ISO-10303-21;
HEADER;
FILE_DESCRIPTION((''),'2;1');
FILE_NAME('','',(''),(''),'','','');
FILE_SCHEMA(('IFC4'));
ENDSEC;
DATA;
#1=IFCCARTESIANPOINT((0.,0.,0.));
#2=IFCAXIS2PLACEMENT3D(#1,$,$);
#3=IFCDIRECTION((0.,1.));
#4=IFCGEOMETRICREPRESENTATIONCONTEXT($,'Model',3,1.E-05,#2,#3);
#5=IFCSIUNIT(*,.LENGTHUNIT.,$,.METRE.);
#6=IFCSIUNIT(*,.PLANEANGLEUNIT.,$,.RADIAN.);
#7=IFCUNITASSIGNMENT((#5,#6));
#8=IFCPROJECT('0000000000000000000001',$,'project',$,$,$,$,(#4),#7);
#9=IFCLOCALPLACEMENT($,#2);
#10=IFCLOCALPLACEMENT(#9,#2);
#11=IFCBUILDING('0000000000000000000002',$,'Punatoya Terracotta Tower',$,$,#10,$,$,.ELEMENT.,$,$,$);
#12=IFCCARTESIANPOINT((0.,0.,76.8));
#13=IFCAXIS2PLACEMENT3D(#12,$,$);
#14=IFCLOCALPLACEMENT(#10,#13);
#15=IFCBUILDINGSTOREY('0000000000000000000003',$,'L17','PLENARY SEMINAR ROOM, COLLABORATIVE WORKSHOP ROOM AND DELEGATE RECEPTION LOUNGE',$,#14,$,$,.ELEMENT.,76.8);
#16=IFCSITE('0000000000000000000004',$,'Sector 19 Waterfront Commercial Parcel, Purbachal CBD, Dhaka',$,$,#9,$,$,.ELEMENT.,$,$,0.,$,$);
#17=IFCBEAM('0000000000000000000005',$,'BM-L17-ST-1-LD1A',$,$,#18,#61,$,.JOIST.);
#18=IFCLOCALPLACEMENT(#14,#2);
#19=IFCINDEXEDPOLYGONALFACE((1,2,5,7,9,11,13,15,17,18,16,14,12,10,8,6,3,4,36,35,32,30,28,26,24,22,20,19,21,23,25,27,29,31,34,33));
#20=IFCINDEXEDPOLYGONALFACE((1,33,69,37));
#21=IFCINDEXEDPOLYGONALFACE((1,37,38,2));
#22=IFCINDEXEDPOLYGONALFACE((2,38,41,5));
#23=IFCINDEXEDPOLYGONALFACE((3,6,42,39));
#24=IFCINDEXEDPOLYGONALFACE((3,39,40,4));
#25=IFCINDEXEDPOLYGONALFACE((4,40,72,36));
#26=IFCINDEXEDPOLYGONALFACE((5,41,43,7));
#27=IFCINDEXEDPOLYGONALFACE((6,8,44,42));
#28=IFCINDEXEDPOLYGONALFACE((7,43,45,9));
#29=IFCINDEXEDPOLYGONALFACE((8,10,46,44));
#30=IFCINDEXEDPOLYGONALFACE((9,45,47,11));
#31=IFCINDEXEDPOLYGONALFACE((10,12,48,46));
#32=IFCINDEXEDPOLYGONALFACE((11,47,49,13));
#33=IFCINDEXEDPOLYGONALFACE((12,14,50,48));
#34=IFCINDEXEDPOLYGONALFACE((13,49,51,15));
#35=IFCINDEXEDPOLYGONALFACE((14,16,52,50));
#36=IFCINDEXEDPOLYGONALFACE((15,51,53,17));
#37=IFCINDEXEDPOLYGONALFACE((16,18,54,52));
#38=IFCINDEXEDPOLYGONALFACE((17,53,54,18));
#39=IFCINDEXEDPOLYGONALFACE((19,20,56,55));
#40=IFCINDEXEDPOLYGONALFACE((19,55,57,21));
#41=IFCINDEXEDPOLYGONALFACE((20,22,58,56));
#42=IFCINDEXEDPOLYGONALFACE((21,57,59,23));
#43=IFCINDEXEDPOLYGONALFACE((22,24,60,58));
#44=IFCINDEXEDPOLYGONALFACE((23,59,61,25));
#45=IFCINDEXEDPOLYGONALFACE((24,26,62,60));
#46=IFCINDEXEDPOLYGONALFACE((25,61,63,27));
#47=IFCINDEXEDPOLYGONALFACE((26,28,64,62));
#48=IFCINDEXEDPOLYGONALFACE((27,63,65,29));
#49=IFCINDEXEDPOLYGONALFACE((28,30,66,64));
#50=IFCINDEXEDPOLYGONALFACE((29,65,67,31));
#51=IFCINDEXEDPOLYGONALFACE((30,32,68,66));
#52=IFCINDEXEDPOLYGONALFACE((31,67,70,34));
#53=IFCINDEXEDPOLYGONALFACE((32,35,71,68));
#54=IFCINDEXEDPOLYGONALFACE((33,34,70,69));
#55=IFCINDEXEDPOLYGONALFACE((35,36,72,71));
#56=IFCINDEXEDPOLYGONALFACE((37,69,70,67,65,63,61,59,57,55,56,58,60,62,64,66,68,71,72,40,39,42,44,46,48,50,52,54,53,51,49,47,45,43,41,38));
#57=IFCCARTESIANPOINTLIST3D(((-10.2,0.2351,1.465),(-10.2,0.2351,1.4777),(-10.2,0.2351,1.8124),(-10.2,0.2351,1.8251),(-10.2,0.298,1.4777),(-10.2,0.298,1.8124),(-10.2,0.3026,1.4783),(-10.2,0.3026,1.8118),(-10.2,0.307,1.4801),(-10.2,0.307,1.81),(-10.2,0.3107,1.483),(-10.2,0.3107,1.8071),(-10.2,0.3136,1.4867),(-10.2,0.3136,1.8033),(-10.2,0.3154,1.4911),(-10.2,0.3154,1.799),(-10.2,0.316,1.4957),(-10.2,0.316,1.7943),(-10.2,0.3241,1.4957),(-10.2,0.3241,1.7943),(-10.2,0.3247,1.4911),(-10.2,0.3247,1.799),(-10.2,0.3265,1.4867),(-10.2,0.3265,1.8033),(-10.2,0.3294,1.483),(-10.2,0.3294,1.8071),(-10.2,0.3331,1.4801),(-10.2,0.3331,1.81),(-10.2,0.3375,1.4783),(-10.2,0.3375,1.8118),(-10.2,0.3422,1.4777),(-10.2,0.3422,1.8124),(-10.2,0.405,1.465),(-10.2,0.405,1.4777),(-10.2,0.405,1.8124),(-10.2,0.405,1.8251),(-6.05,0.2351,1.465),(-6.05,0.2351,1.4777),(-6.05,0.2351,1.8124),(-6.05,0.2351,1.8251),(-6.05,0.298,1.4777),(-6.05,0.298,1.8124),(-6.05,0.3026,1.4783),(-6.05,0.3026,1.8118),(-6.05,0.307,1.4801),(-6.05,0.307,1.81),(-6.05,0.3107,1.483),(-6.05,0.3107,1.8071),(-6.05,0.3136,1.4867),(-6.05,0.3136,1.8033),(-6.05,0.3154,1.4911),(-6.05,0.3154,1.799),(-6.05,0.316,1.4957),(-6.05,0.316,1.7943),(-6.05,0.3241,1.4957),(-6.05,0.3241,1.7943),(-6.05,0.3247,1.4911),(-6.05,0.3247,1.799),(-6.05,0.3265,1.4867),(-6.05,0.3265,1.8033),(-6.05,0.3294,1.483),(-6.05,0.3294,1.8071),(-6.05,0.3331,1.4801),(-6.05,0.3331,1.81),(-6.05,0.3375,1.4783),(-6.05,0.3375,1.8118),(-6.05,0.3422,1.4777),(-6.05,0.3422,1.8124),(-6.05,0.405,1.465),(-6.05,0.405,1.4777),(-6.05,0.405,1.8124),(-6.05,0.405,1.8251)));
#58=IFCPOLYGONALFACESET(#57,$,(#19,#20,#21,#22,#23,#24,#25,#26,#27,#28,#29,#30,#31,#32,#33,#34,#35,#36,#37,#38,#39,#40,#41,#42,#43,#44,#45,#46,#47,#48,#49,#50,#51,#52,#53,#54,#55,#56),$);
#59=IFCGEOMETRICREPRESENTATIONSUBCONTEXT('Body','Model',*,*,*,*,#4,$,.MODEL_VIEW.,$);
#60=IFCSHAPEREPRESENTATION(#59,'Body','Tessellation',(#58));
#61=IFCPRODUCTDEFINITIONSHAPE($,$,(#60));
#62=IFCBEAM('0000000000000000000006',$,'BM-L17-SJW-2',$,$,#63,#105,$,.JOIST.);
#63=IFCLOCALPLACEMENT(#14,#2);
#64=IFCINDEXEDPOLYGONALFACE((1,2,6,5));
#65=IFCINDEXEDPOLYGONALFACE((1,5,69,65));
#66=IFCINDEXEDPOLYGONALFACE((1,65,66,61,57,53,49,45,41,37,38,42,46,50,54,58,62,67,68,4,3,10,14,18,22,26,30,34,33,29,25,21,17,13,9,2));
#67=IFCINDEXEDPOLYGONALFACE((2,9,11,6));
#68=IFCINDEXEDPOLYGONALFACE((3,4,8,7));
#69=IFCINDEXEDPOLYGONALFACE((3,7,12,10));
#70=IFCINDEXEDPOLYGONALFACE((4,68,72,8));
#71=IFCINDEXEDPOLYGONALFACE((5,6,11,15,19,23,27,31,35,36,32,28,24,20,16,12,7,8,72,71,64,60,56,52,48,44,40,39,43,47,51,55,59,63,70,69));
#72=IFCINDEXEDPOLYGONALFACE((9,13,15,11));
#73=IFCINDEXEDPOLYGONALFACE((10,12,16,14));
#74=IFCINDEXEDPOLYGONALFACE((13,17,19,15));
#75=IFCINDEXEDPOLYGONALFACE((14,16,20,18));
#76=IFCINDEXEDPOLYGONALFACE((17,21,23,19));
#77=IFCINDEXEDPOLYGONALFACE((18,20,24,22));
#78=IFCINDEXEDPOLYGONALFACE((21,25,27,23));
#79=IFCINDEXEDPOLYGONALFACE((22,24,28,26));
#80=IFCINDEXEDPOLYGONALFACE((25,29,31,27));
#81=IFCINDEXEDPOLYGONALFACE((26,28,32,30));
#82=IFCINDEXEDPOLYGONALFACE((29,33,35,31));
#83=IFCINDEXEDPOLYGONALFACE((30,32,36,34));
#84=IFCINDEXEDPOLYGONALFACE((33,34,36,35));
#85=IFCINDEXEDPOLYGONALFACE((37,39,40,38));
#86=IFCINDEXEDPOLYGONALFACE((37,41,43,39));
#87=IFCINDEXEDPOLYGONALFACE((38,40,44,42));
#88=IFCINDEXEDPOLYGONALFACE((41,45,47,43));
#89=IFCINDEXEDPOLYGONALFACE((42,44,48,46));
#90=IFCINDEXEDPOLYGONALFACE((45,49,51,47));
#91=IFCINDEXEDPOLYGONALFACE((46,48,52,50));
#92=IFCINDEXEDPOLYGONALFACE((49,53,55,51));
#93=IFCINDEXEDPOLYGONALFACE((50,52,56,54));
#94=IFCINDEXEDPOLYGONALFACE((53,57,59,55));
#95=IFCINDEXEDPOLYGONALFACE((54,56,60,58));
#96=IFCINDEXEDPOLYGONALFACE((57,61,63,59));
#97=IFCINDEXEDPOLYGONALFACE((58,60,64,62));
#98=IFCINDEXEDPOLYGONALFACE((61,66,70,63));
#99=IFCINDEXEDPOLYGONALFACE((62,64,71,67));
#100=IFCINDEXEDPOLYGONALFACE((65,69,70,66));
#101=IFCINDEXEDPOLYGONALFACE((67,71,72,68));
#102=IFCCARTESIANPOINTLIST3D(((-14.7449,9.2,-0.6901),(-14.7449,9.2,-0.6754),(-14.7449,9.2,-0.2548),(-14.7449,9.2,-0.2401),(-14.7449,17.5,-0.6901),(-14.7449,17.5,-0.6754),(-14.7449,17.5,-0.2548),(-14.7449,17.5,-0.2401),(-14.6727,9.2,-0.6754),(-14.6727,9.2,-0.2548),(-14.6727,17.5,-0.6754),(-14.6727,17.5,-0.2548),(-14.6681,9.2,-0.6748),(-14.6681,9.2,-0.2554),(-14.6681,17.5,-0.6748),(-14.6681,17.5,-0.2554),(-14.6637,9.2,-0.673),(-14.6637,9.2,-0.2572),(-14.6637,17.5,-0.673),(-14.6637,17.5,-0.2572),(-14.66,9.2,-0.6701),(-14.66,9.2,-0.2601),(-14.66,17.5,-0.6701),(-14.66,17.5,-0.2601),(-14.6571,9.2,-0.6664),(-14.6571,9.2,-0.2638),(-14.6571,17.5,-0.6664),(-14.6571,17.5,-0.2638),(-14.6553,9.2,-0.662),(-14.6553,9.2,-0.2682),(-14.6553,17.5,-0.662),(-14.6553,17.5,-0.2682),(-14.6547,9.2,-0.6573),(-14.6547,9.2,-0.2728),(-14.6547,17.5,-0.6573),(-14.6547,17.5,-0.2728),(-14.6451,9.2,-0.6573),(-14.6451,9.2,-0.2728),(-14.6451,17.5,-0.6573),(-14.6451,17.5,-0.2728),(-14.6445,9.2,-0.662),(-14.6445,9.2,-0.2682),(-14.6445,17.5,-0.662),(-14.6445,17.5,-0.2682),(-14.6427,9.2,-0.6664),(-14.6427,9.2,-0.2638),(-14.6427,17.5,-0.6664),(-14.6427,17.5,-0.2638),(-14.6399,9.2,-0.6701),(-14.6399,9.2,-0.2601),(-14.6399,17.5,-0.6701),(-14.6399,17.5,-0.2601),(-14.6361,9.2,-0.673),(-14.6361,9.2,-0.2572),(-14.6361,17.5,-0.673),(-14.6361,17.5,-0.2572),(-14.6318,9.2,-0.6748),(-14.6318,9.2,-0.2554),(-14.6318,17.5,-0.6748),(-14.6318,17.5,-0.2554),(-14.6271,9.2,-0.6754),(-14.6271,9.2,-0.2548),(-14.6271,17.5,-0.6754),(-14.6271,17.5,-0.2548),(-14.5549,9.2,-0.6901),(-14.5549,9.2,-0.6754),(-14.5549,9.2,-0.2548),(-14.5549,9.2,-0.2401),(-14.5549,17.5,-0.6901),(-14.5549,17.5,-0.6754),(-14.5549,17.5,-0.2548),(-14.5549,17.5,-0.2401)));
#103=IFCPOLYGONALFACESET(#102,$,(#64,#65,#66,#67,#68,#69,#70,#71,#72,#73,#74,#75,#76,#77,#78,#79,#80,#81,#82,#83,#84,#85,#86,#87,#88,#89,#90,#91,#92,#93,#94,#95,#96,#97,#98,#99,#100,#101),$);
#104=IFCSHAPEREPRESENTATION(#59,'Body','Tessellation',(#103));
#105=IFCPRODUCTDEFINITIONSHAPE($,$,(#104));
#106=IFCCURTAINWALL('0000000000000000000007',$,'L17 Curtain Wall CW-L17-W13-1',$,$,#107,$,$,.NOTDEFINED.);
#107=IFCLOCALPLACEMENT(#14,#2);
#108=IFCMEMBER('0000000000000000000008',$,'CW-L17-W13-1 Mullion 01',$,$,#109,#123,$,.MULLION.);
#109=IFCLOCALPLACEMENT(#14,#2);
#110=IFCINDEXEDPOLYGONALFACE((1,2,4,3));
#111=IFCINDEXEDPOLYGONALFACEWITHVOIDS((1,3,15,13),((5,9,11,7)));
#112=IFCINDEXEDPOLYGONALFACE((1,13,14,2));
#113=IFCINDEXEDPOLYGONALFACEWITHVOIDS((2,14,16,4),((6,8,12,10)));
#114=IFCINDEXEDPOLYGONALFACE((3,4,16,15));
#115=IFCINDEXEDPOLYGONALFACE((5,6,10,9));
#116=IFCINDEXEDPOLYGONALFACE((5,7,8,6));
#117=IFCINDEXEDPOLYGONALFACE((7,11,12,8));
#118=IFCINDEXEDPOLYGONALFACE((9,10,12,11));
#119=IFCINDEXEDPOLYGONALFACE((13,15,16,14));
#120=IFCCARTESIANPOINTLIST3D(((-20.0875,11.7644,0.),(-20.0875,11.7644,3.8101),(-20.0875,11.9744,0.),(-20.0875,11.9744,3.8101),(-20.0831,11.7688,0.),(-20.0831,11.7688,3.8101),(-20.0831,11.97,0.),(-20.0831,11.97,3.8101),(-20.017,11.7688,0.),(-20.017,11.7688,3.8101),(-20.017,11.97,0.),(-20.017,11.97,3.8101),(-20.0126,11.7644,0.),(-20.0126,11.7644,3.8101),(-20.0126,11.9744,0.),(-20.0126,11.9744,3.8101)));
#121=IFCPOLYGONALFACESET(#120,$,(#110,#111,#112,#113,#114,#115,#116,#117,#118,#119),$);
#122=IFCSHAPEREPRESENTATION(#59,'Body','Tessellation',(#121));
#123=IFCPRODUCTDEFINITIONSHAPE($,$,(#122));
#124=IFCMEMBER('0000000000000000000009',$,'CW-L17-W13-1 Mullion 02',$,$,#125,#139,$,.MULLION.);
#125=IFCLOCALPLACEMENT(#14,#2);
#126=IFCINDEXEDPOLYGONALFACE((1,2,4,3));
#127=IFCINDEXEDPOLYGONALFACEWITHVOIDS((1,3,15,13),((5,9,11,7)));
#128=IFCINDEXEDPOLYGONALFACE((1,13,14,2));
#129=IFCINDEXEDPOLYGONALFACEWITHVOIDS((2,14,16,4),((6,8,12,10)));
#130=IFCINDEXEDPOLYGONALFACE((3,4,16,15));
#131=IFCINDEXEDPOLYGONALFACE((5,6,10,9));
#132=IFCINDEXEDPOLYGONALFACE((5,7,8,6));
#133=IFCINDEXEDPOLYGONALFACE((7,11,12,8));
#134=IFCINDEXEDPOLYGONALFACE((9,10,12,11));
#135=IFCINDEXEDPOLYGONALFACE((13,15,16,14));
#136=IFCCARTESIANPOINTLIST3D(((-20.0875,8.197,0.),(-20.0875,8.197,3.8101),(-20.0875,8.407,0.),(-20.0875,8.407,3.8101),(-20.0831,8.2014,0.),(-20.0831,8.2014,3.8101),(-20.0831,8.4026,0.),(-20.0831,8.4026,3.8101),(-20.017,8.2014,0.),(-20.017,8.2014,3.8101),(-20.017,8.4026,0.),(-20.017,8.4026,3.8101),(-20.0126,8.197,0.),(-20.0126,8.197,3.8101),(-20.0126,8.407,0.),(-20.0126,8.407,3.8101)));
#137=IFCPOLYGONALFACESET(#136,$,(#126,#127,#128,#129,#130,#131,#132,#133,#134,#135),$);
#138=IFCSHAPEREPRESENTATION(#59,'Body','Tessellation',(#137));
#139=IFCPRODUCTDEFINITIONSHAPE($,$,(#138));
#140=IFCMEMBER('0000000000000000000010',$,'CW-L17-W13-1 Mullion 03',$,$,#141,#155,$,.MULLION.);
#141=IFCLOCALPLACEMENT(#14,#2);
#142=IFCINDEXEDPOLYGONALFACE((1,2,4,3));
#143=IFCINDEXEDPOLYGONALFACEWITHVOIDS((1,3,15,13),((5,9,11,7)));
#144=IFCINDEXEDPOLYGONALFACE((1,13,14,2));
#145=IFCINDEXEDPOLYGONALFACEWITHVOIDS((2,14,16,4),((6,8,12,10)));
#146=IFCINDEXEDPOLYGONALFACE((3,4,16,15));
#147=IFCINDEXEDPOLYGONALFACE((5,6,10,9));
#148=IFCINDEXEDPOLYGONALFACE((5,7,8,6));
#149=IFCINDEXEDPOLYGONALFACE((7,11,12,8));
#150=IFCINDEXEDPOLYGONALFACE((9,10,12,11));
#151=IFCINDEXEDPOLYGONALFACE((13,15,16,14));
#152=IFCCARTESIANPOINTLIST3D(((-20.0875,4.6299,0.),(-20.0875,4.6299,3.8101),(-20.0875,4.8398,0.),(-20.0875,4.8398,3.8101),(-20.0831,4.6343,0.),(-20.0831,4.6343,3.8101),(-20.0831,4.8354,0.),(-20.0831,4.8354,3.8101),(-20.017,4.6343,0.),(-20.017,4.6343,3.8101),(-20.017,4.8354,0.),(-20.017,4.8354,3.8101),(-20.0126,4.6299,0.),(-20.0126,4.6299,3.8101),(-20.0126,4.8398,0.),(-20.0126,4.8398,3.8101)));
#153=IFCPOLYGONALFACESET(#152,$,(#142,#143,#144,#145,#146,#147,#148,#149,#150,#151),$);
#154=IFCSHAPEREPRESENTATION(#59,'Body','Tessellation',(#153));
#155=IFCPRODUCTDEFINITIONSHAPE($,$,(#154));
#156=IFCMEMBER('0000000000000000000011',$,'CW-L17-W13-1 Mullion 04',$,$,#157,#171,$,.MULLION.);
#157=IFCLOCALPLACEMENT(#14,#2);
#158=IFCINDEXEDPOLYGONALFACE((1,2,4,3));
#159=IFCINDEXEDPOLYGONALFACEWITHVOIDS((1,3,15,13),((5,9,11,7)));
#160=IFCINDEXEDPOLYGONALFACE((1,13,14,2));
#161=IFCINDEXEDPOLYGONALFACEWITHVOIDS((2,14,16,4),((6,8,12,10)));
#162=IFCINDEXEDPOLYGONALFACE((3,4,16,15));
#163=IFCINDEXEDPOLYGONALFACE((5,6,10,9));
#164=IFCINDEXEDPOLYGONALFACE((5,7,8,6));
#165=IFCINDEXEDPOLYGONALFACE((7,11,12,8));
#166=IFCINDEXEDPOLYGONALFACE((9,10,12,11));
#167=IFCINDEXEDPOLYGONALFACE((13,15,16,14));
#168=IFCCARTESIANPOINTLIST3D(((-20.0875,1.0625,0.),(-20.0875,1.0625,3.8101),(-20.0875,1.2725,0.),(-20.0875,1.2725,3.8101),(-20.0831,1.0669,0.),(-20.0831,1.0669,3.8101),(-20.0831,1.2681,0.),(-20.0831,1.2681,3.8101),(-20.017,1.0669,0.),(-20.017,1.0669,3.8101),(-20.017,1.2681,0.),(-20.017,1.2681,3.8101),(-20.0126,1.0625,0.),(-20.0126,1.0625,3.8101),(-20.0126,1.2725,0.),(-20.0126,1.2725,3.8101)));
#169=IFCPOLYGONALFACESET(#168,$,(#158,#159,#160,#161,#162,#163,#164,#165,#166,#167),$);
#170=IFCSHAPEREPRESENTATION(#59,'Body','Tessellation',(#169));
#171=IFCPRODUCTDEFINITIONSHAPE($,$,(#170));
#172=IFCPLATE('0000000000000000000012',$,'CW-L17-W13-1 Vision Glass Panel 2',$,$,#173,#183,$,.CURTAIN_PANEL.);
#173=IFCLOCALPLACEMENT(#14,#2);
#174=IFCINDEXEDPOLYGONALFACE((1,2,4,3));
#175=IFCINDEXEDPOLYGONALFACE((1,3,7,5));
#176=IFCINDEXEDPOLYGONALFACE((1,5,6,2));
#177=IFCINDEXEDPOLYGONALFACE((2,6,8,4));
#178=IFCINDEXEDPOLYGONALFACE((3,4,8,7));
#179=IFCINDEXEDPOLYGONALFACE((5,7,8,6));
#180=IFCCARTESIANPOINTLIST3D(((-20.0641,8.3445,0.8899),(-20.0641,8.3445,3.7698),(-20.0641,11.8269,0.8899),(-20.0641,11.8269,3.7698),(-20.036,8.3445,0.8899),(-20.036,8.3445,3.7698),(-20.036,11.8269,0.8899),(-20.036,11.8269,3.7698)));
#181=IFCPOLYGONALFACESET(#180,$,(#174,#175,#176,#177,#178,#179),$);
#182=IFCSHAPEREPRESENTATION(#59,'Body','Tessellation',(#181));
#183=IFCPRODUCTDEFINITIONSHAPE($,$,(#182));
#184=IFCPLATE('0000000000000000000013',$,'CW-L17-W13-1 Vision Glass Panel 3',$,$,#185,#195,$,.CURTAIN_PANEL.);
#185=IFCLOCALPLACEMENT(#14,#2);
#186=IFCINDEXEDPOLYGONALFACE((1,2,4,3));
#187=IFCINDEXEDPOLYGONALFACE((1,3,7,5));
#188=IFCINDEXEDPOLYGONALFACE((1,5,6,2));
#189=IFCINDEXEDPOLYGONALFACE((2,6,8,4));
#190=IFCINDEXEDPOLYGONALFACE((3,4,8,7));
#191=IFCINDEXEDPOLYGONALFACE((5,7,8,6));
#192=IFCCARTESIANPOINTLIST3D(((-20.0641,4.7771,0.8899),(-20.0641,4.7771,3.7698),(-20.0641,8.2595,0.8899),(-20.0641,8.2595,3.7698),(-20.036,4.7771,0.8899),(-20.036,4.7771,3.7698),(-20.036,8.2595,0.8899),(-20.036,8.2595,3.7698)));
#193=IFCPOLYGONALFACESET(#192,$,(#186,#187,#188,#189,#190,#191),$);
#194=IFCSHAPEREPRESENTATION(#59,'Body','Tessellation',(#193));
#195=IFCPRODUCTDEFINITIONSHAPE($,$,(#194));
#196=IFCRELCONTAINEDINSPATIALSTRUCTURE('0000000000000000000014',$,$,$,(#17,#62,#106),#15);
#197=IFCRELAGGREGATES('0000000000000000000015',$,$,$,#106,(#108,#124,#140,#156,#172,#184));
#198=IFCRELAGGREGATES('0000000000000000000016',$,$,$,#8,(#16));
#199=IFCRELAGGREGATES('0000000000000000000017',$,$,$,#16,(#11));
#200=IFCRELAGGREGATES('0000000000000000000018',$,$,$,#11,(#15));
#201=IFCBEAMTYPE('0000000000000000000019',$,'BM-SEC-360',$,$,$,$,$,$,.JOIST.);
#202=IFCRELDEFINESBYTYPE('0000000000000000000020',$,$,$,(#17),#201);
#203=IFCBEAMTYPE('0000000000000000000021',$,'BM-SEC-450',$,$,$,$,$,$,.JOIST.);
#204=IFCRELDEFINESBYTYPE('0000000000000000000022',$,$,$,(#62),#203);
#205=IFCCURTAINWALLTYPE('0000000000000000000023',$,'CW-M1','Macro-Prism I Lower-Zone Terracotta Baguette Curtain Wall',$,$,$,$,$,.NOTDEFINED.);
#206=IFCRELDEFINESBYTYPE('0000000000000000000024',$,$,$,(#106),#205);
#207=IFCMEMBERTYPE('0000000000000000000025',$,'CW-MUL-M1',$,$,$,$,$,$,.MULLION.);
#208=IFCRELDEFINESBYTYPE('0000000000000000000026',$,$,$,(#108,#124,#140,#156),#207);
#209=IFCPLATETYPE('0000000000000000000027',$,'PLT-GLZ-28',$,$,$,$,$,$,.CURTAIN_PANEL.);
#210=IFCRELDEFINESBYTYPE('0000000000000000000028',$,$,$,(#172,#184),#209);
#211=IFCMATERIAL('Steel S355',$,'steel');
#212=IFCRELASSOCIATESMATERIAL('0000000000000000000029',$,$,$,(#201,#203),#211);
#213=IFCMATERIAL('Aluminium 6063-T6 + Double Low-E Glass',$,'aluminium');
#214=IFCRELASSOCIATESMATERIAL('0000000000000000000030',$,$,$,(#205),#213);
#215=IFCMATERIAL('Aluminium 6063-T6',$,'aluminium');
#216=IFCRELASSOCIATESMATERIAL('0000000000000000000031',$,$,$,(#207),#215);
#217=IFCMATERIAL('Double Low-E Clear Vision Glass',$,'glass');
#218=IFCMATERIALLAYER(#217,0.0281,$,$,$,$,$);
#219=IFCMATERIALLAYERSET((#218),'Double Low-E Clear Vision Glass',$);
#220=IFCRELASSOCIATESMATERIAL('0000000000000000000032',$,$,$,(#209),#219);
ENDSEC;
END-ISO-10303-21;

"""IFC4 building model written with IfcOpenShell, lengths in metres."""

from ifc_helpers import new_model, si_unit, direction, frame, origin, origin_2d, place, context, subcontext, project, spatial, rectangle, hollow_rectangle, i_section, extrude, material, layer, layer_set, material_profile, profile_set, type_object, element, aggregate, save


model = new_model("IFC4")

# Units and contexts
model_context = context("Model", 3, precision=1e-05, world=origin(), true_north=direction((0.0, 1.0)))
body_context = subcontext(model_context, "Body", "Model", "MODEL_VIEW")
ifc_project = project(units=[si_unit("LENGTHUNIT", "METRE"), si_unit("PLANEANGLEUNIT", "RADIAN")], contexts=[model_context])

# Site, building, storey
site_placement = place(None, origin())
site = spatial("IfcSite", under=ifc_project, at=site_placement, Name="Sector 19 Waterfront Commercial Parcel, Purbachal CBD, Dhaka", CompositionType="ELEMENT", RefElevation=0.0)
building_placement = place(site_placement, origin())
building = spatial("IfcBuilding", under=site, at=building_placement, Name="Punatoya Terracotta Tower", CompositionType="ELEMENT")
storey_placement = place(building_placement, frame((0.0, 0.0, 76.8)))
storey = spatial("IfcBuildingStorey", under=building, at=storey_placement, Name="L17", Description="PLENARY SEMINAR ROOM, COLLABORATIVE WORKSHOP ROOM AND DELEGATE RECEPTION LOUNGE", CompositionType="ELEMENT", Elevation=76.8)

# Beams
ifc_material_1 = material(Name="Steel S355", Category="steel")
ifc_material_profile_1 = material_profile(ifc_material_1, i_section(OverallWidth=0.1699, OverallDepth=0.3601, WebThickness=0.0081, FlangeThickness=0.0127, FilletRadius=0.0181, at=origin_2d()))
ifc_profile_set_1 = profile_set([ifc_material_profile_1], Name="Steel S355")
beam_type_1 = type_object("IfcBeamType", Name="BM-SEC-360", PredefinedType="JOIST", material=ifc_profile_set_1)
beam_1_placement = place(storey_placement, frame((-10.2, 0.3201, 1.645), z_axis=(1.0, 0.0, 0.0), x_axis=(0.0, 1.0, 0.0)))
element("IfcBeam", 1, at=beam_1_placement, inside=storey, type_object=beam_type_1, Name="BM-L17-ST-1-LD1A", PredefinedType="JOIST", context=body_context, shape_type="SweptSolid", body=[
    extrude(i_section(OverallWidth=0.1699, OverallDepth=0.3601, WebThickness=0.0081, FlangeThickness=0.0127, FilletRadius=0.0181, at=origin_2d()), origin(), (0.0, 0.0, 1.0), 4.1499),
])
ifc_material_profile_2 = material_profile(ifc_material_1, i_section(OverallWidth=0.1899, OverallDepth=0.45, WebThickness=0.0095, FlangeThickness=0.0146, FilletRadius=0.0181, at=origin_2d()))
ifc_profile_set_2 = profile_set([ifc_material_profile_2], Name="Steel S355")
beam_type_2 = type_object("IfcBeamType", Name="BM-SEC-450", PredefinedType="JOIST", material=ifc_profile_set_2)
beam_2_placement = place(storey_placement, frame((-14.6499, 9.2, -0.4651), z_axis=(0.0, 1.0, 0.0), x_axis=(-1.0, 0.0, 0.0)))
element("IfcBeam", 2, at=beam_2_placement, inside=storey, type_object=beam_type_2, Name="BM-L17-SJW-2", PredefinedType="JOIST", context=body_context, shape_type="SweptSolid", body=[
    extrude(i_section(OverallWidth=0.1899, OverallDepth=0.45, WebThickness=0.0095, FlangeThickness=0.0146, FilletRadius=0.0181, at=origin_2d()), origin(), (0.0, 0.0, 1.0), 8.3),
])

# Curtain wall, members, plates
ifc_material_2 = material(Name="Aluminium 6063-T6 + Double Low-E Glass", Category="aluminium")
curtain_wall_type = type_object("IfcCurtainWallType", Name="CW-M1", Description="Macro-Prism I Lower-Zone Terracotta Baguette Curtain Wall", PredefinedType="NOTDEFINED", material=ifc_material_2)
curtain_wall_placement = place(storey_placement, origin())
curtain_wall = element("IfcCurtainWall", 3, at=curtain_wall_placement, inside=storey, type_object=curtain_wall_type, Name="L17 Curtain Wall CW-L17-W13-1", PredefinedType="NOTDEFINED")
ifc_material_3 = material(Name="Aluminium 6063-T6", Category="aluminium")
ifc_material_profile_3 = material_profile(ifc_material_3, hollow_rectangle(XDim=0.075, YDim=0.21, WallThickness=0.0044, at=origin_2d()))
ifc_profile_set_3 = profile_set([ifc_material_profile_3], Name="Aluminium 6063-T6")
member_type = type_object("IfcMemberType", Name="CW-MUL-M1", PredefinedType="MULLION", material=ifc_profile_set_3)
member_1_placement = place(storey_placement, frame((-20.05, 11.8694, 0.0), z_axis=(0.0, 0.0, 1.0), x_axis=(1.0, 0.0, 0.0)))
member_1 = element("IfcMember", 4, at=member_1_placement, type_object=member_type, Name="CW-L17-W13-1 Mullion 01", PredefinedType="MULLION", context=body_context, shape_type="SweptSolid", body=[
    extrude(hollow_rectangle(XDim=0.075, YDim=0.21, WallThickness=0.0044, at=origin_2d()), origin(), (0.0, 0.0, 1.0), 3.8101),
])
member_2_placement = place(storey_placement, frame((-20.05, 8.302, 0.0), z_axis=(0.0, 0.0, 1.0), x_axis=(1.0, 0.0, 0.0)))
member_2 = element("IfcMember", 5, at=member_2_placement, type_object=member_type, Name="CW-L17-W13-1 Mullion 02", PredefinedType="MULLION", context=body_context, shape_type="SweptSolid", body=[
    extrude(hollow_rectangle(XDim=0.075, YDim=0.21, WallThickness=0.0044, at=origin_2d()), origin(), (0.0, 0.0, 1.0), 3.8101),
])
member_3_placement = place(storey_placement, frame((-20.05, 4.7349, 0.0), z_axis=(0.0, 0.0, 1.0), x_axis=(1.0, 0.0, 0.0)))
member_3 = element("IfcMember", 6, at=member_3_placement, type_object=member_type, Name="CW-L17-W13-1 Mullion 03", PredefinedType="MULLION", context=body_context, shape_type="SweptSolid", body=[
    extrude(hollow_rectangle(XDim=0.075, YDim=0.21, WallThickness=0.0044, at=origin_2d()), origin(), (0.0, 0.0, 1.0), 3.8101),
])
member_4_placement = place(storey_placement, frame((-20.05, 1.1675, 0.0), z_axis=(0.0, 0.0, 1.0), x_axis=(1.0, 0.0, 0.0)))
member_4 = element("IfcMember", 7, at=member_4_placement, type_object=member_type, Name="CW-L17-W13-1 Mullion 04", PredefinedType="MULLION", context=body_context, shape_type="SweptSolid", body=[
    extrude(hollow_rectangle(XDim=0.075, YDim=0.21, WallThickness=0.0044, at=origin_2d()), origin(), (0.0, 0.0, 1.0), 3.8101),
])
ifc_material_4 = material(Name="Double Low-E Clear Vision Glass", Category="glass")
ifc_layer_1 = layer(ifc_material_4, 0.0281)
ifc_layer_set_1 = layer_set([ifc_layer_1], Name="Double Low-E Clear Vision Glass")
plate_type_1 = type_object("IfcPlateType", Name="PLT-GLZ-28", PredefinedType="CURTAIN_PANEL", material=ifc_layer_set_1)
plate_1_placement = place(storey_placement, frame((-20.05, 10.0857, 0.8899), z_axis=(0.0, 0.0, 1.0), x_axis=(0.0, -1.0, 0.0)))
plate_1 = element("IfcPlate", 8, at=plate_1_placement, type_object=plate_type_1, Name="CW-L17-W13-1 Vision Glass Panel 2", PredefinedType="CURTAIN_PANEL", context=body_context, shape_type="SweptSolid", body=[
    extrude(rectangle(XDim=3.4824, YDim=0.0281, at=origin_2d()), origin(), (0.0, 0.0, 1.0), 2.8799),
])
plate_2_placement = place(storey_placement, frame((-20.05, 6.5183, 0.8899), z_axis=(0.0, 0.0, 1.0), x_axis=(0.0, -1.0, 0.0)))
plate_2 = element("IfcPlate", 9, at=plate_2_placement, type_object=plate_type_1, Name="CW-L17-W13-1 Vision Glass Panel 3", PredefinedType="CURTAIN_PANEL", context=body_context, shape_type="SweptSolid", body=[
    extrude(rectangle(XDim=3.4824, YDim=0.0281, at=origin_2d()), origin(), (0.0, 0.0, 1.0), 2.8799),
])
aggregate(curtain_wall, [member_1, member_2, member_3, member_4, plate_1, plate_2])

save(model, "model.ifc")
